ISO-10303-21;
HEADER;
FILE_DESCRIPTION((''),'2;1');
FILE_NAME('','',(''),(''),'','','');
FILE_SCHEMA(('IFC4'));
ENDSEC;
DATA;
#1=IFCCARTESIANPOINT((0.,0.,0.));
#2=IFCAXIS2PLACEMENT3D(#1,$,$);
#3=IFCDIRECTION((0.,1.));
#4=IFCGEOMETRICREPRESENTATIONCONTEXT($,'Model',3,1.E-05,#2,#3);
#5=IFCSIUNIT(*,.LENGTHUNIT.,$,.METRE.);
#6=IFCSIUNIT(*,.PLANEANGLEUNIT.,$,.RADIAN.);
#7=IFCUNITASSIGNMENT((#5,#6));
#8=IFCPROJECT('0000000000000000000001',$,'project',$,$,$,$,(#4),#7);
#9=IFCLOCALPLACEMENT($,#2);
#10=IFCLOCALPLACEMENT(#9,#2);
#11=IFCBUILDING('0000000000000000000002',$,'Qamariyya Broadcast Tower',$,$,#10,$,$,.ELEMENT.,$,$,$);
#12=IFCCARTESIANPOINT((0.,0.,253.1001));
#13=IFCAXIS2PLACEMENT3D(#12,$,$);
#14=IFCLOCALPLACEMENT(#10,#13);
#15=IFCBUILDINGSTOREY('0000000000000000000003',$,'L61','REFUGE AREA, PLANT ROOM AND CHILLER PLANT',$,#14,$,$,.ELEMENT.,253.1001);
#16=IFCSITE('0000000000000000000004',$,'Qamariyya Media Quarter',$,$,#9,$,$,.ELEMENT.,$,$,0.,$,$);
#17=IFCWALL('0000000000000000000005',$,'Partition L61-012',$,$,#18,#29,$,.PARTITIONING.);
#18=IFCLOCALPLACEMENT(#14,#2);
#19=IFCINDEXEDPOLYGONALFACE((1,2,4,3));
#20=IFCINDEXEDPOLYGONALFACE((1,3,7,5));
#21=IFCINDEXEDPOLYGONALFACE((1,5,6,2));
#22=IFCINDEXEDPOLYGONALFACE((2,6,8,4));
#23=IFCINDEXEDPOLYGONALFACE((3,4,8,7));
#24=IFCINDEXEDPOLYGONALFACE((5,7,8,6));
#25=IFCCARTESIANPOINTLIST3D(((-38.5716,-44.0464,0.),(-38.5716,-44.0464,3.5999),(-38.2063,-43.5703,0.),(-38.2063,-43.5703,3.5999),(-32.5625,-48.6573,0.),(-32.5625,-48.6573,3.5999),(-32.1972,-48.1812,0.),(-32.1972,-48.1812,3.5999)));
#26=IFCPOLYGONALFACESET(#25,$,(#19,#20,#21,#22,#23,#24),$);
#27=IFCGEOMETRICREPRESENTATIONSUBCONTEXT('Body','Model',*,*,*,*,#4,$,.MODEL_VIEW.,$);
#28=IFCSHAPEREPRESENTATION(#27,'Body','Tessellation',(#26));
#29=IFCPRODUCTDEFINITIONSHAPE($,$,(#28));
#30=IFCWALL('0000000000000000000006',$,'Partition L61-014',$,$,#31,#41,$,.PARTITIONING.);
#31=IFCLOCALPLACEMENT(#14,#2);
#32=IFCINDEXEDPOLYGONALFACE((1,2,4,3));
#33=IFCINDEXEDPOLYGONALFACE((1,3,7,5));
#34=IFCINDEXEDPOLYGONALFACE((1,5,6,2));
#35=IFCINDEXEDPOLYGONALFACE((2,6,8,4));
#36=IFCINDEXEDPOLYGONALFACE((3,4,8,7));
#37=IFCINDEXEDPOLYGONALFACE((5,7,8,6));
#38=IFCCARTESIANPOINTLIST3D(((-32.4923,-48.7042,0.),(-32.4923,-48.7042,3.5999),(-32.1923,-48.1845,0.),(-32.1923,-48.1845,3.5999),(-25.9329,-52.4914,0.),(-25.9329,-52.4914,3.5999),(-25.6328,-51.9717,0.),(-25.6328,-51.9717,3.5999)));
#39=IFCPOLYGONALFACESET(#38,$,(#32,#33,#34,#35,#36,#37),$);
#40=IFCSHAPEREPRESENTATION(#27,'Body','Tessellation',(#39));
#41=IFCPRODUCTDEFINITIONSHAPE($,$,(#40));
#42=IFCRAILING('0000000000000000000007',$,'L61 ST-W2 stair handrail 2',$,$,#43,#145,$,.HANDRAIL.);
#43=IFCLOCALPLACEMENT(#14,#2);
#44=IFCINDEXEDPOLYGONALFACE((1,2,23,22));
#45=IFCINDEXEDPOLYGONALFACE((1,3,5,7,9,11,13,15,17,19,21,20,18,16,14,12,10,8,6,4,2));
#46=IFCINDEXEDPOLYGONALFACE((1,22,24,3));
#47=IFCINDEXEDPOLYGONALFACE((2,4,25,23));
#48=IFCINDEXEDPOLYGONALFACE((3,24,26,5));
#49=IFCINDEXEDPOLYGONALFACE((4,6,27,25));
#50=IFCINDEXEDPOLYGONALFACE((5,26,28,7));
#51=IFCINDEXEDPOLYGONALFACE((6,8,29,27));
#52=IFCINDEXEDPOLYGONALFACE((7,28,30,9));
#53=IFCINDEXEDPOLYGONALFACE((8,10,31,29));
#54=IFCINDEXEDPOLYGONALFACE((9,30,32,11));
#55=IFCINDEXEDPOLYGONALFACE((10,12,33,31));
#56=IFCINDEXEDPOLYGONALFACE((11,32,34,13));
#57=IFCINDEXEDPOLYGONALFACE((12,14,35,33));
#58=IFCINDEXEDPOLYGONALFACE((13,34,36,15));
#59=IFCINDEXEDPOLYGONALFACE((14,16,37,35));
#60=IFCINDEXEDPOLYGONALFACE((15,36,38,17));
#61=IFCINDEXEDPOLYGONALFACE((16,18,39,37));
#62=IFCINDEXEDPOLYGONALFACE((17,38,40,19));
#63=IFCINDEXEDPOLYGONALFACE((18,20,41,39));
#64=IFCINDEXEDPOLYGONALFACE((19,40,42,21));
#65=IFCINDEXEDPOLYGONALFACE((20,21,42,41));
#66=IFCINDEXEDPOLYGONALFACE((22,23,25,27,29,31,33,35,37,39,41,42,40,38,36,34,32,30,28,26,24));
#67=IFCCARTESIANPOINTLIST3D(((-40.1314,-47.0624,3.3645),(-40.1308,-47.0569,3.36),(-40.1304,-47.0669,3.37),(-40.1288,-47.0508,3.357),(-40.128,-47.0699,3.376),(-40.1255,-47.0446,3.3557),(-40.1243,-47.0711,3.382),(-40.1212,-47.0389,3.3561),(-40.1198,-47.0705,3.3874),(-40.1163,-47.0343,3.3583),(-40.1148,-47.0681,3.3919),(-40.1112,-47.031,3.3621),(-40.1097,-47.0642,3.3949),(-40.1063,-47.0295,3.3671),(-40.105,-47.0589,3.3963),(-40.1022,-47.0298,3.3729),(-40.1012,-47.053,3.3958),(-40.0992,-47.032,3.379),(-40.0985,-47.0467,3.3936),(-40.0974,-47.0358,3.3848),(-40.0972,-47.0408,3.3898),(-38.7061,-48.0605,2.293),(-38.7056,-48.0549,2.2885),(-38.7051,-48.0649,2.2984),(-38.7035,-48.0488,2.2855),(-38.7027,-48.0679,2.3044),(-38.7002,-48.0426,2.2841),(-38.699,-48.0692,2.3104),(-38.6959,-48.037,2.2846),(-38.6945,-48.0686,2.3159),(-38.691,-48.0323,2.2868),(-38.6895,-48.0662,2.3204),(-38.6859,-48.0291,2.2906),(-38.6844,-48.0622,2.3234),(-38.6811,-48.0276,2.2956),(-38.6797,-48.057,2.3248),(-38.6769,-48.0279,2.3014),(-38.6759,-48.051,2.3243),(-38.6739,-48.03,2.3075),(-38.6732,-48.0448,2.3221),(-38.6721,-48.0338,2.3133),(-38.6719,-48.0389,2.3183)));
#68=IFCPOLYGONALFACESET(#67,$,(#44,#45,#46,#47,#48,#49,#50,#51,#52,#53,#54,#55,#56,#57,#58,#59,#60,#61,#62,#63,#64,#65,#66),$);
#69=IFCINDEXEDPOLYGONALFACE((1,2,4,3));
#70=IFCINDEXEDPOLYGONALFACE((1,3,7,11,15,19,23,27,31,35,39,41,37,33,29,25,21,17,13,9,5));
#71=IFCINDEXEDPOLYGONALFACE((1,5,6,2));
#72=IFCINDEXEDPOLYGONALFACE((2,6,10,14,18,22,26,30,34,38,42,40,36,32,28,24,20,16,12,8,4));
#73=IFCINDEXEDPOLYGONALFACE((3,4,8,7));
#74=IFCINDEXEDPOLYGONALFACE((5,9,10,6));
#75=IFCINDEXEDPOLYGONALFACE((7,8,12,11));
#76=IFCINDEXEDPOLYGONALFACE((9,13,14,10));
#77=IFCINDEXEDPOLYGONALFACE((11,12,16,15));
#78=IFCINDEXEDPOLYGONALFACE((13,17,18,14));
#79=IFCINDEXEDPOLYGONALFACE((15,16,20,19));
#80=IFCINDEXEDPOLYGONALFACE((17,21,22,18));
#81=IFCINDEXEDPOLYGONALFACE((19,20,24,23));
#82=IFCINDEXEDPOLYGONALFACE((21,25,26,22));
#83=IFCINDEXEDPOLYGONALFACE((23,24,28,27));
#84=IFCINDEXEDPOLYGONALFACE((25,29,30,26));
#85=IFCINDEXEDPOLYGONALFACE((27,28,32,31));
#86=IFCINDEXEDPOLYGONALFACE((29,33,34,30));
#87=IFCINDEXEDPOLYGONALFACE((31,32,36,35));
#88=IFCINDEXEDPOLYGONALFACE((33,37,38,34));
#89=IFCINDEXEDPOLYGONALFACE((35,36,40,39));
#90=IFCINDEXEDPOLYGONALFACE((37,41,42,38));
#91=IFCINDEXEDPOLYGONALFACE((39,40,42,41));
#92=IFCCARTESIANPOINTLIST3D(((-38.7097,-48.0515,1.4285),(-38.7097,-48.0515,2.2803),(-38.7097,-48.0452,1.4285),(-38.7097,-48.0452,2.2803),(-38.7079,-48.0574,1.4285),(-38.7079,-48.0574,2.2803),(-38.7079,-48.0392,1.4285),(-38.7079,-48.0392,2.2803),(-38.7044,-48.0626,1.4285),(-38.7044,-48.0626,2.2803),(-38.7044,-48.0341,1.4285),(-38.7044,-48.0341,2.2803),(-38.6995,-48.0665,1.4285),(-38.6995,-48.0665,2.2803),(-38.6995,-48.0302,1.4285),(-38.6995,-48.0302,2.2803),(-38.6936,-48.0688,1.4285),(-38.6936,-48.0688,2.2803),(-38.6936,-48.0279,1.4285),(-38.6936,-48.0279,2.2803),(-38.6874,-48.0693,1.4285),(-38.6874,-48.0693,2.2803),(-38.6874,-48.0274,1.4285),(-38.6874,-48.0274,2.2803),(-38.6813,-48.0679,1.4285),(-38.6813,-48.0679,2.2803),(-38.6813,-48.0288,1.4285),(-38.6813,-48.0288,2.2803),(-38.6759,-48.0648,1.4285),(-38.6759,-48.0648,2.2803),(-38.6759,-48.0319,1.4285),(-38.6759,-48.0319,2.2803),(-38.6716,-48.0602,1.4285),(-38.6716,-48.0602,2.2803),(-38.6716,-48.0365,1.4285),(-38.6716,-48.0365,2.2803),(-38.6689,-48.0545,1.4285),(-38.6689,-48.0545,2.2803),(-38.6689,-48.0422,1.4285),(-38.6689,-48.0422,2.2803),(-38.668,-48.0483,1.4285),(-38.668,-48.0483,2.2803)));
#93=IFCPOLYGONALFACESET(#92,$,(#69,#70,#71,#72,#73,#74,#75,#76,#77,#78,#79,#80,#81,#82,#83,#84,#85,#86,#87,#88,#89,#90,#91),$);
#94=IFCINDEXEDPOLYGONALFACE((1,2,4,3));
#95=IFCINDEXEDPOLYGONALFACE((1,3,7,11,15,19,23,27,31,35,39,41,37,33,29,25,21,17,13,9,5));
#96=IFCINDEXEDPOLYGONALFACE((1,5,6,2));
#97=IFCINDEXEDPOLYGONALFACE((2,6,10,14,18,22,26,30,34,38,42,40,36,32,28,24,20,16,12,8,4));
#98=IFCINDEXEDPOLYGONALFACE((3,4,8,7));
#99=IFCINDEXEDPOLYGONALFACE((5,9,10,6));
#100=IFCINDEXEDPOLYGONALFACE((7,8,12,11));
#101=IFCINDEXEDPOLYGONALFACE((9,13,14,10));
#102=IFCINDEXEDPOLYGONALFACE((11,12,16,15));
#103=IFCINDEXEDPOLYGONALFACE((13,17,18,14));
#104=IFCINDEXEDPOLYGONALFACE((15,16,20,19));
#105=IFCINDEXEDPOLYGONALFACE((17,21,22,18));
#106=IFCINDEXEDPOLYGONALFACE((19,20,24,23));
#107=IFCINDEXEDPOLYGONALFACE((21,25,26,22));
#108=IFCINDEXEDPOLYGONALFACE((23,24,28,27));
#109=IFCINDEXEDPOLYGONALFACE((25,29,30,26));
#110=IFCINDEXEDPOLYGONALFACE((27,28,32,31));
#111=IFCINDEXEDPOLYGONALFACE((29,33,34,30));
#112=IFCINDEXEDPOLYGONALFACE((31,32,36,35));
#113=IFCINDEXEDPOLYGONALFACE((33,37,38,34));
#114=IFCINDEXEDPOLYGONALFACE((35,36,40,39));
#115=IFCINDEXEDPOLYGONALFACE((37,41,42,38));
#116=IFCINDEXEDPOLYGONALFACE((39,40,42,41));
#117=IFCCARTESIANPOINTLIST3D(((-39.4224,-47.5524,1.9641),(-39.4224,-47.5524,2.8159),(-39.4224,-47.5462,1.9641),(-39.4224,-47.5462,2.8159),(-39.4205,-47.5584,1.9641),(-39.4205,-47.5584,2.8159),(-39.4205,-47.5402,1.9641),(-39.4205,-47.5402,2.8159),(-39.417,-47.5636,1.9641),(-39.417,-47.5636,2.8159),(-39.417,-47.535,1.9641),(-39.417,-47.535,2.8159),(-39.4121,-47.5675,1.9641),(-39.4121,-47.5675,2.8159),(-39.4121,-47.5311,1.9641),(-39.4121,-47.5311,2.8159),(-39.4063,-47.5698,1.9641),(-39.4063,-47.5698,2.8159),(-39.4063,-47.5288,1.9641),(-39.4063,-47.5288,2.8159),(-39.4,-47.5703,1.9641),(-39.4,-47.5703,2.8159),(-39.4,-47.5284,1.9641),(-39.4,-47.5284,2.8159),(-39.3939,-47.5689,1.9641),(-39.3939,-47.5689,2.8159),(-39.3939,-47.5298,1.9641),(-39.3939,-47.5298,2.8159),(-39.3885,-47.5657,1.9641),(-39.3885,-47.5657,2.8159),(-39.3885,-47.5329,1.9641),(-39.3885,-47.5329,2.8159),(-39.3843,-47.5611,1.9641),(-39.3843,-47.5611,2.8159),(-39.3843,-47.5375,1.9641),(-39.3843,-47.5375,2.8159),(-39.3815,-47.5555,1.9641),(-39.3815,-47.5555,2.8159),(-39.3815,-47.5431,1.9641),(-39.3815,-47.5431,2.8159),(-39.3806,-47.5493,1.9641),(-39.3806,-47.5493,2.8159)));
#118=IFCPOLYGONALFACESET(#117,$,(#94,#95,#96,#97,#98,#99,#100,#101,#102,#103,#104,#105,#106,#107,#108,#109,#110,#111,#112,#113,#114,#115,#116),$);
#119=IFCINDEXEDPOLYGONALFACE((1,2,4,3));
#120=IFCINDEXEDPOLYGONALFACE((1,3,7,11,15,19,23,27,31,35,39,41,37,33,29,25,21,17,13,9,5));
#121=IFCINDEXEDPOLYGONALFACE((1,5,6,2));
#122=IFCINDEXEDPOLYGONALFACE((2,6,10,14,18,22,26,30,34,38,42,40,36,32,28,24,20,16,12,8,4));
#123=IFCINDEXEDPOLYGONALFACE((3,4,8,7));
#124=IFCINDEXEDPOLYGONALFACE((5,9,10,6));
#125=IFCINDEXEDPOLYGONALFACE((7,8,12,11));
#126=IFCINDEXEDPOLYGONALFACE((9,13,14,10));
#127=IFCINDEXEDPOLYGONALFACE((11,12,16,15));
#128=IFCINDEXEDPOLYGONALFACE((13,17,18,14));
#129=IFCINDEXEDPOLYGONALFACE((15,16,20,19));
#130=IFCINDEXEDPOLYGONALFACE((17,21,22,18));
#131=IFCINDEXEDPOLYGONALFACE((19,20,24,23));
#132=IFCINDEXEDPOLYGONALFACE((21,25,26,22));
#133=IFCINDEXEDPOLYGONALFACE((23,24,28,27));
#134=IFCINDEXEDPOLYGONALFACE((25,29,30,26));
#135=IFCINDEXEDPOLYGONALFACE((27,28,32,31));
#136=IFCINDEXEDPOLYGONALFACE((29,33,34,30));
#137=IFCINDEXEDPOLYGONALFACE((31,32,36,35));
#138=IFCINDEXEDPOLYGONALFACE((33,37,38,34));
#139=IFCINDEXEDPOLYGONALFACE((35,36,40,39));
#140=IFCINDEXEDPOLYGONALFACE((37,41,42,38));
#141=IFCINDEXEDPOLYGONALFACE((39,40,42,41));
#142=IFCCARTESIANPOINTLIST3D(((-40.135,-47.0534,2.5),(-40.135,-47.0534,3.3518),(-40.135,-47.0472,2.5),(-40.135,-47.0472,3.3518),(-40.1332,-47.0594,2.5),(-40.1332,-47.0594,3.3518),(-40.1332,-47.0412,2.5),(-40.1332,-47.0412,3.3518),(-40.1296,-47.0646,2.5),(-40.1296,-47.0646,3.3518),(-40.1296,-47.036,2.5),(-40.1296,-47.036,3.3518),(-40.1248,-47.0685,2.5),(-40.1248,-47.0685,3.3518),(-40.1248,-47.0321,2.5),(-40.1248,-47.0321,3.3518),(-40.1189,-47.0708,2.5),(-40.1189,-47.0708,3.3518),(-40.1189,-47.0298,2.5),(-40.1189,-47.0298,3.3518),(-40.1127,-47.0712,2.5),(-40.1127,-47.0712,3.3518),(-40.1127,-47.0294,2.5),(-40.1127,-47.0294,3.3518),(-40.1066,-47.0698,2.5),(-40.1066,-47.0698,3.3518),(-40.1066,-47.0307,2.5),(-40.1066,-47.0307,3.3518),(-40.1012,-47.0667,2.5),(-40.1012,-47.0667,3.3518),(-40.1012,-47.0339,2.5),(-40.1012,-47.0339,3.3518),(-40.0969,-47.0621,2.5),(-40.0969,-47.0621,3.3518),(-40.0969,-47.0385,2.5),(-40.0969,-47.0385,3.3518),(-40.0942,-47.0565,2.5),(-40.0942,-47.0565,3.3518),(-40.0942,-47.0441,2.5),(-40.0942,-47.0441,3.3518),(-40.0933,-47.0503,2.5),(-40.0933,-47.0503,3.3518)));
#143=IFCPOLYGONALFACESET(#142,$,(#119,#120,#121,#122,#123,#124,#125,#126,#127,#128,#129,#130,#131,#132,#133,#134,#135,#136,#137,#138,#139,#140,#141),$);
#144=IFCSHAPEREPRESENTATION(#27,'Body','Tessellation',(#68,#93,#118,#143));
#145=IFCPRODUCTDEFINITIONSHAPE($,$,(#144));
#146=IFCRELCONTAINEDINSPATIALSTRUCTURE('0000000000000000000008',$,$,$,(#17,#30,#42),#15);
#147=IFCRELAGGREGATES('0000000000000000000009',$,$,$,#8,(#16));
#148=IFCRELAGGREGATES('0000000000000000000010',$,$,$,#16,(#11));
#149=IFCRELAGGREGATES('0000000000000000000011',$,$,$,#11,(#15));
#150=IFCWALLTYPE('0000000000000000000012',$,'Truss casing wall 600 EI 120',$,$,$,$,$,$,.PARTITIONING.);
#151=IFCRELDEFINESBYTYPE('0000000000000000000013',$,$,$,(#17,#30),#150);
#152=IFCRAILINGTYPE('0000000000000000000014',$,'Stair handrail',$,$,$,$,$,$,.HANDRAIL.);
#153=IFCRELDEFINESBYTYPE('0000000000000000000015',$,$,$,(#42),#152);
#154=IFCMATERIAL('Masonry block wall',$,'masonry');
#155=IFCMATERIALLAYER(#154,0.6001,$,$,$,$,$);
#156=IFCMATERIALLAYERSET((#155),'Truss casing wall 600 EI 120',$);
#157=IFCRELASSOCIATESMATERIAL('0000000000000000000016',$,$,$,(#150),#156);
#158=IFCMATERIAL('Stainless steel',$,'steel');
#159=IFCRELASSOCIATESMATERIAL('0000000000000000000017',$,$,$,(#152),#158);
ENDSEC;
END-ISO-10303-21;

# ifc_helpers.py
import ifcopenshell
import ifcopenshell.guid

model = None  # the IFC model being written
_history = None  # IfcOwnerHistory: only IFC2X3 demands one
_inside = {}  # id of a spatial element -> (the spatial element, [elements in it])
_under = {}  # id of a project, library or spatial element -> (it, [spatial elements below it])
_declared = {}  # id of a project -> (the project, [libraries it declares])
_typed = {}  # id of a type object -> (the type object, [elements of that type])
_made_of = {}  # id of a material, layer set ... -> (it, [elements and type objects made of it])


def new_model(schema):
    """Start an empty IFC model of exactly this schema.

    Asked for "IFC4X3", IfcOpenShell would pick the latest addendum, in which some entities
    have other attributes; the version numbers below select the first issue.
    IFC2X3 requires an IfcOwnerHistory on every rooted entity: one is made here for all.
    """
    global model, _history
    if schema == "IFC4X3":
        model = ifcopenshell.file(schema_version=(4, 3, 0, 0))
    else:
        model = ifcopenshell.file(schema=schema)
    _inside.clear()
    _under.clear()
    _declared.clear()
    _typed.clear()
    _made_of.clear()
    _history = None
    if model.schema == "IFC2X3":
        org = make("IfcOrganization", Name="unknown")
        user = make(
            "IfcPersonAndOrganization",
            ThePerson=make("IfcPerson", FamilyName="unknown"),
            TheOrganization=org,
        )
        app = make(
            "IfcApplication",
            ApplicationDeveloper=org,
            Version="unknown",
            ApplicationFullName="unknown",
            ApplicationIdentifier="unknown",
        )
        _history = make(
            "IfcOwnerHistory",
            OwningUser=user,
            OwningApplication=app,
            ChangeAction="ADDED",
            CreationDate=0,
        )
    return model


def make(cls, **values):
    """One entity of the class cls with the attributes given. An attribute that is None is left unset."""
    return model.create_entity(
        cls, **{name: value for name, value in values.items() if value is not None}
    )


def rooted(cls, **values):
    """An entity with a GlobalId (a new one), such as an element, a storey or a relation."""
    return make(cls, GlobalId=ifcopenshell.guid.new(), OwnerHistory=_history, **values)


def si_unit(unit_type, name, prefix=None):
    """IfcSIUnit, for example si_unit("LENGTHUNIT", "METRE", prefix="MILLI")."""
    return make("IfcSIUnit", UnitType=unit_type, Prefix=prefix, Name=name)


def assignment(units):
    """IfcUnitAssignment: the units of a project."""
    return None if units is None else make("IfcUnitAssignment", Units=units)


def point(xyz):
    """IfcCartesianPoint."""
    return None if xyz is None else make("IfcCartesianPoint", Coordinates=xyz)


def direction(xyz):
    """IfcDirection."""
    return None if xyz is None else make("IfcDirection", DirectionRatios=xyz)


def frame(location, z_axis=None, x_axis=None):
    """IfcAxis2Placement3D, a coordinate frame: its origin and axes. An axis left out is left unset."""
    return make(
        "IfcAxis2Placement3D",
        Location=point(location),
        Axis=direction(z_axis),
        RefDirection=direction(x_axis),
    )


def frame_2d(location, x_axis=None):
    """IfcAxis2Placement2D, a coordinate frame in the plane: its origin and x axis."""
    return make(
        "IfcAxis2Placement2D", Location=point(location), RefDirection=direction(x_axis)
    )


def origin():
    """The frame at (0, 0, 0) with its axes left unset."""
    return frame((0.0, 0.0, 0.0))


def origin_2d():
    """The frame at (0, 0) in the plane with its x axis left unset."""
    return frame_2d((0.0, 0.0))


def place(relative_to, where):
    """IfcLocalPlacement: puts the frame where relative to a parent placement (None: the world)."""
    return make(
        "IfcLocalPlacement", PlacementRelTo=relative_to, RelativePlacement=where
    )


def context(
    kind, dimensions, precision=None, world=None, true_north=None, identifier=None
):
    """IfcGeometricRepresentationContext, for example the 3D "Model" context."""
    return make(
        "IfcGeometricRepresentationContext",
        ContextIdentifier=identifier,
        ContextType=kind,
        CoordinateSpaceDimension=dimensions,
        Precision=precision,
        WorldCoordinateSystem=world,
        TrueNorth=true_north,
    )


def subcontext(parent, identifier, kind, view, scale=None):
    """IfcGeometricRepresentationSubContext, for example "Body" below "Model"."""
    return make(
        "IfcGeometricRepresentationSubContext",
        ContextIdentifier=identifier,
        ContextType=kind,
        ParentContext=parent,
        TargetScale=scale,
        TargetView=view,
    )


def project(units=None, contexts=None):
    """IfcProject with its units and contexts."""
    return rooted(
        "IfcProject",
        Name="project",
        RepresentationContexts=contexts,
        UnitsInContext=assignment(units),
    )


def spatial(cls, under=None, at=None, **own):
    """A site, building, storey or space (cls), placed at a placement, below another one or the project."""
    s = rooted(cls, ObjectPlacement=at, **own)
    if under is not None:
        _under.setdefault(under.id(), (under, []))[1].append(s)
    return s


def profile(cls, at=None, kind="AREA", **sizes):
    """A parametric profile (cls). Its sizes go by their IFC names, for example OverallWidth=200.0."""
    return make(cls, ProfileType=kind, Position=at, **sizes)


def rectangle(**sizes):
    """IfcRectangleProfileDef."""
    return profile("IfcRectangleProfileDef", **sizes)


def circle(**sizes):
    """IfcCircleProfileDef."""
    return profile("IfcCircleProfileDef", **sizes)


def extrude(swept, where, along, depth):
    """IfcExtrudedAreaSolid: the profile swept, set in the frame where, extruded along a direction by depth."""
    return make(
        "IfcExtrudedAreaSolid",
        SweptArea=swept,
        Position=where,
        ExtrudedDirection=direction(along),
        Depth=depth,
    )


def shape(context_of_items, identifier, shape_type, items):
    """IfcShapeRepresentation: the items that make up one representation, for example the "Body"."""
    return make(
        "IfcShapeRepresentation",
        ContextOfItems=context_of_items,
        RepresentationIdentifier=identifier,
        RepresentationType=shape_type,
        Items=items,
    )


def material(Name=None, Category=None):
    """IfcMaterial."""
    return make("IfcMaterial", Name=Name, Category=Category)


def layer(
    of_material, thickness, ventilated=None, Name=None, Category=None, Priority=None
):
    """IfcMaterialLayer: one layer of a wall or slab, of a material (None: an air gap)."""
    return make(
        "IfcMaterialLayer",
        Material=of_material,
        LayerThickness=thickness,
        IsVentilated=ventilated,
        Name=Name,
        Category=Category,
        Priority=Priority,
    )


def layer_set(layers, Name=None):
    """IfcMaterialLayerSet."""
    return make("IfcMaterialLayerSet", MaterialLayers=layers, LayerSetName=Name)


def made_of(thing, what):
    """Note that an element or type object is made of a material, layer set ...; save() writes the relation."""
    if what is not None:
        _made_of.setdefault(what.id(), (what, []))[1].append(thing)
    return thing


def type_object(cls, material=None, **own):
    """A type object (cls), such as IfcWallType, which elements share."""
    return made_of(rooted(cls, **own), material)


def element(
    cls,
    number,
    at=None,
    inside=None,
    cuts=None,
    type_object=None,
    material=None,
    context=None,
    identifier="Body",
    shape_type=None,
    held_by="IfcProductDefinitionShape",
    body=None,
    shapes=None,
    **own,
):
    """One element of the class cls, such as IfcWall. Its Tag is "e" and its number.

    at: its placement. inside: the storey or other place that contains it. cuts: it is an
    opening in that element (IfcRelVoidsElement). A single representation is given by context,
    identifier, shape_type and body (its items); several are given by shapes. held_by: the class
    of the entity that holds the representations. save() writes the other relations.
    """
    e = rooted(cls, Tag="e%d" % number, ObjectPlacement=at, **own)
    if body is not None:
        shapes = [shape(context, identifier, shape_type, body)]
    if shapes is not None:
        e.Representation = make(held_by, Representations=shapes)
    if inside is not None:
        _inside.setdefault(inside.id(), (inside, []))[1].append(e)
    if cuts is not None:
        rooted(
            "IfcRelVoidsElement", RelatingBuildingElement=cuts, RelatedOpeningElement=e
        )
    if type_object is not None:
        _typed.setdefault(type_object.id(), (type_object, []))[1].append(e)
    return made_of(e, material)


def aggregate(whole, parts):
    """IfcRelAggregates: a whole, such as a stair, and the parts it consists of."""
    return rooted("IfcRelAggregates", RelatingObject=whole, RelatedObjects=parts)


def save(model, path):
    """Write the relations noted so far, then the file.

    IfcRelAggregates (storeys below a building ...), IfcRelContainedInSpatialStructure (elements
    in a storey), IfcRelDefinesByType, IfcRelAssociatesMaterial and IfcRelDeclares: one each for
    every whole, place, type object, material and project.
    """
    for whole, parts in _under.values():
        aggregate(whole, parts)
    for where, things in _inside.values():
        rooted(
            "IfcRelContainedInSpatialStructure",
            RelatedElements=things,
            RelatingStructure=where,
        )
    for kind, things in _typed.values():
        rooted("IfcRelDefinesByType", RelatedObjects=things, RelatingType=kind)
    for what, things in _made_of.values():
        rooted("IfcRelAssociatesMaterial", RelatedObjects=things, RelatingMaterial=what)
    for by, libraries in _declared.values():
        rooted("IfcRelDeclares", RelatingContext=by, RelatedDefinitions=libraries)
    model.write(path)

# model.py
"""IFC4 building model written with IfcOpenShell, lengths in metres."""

from ifc_helpers import new_model, si_unit, direction, frame, frame_2d, origin, origin_2d, place, context, subcontext, project, spatial, rectangle, circle, extrude, material, layer, layer_set, type_object, element, save


model = new_model("IFC4")

# Units and contexts
model_context = context("Model", 3, precision=1e-05, world=origin(), true_north=direction((0.0, 1.0)))
body_context = subcontext(model_context, "Body", "Model", "MODEL_VIEW")
ifc_project = project(units=[si_unit("LENGTHUNIT", "METRE"), si_unit("PLANEANGLEUNIT", "RADIAN")], contexts=[model_context])

# Site, building, storey
site_placement = place(None, origin())
site = spatial("IfcSite", under=ifc_project, at=site_placement, Name="Qamariyya Media Quarter", CompositionType="ELEMENT", RefElevation=0.0)
building_placement = place(site_placement, origin())
building = spatial("IfcBuilding", under=site, at=building_placement, Name="Qamariyya Broadcast Tower", CompositionType="ELEMENT")
storey_placement = place(building_placement, frame((0.0, 0.0, 253.1001)))
storey = spatial("IfcBuildingStorey", under=building, at=storey_placement, Name="L61", Description="REFUGE AREA, PLANT ROOM AND CHILLER PLANT", CompositionType="ELEMENT", Elevation=253.1001)

# Walls
ifc_material_1 = material(Name="Masonry block wall", Category="masonry")
ifc_layer_1 = layer(ifc_material_1, 0.6001)
ifc_layer_set_1 = layer_set([ifc_layer_1], Name="Truss casing wall 600 EI 120")
wall_type_1 = type_object("IfcWallType", Name="Truss casing wall 600 EI 120", PredefinedType="PARTITIONING", material=ifc_layer_set_1)
for number, where, z_axis, x_axis, name in (
    (1, (-38.3889, -43.8083, 0.0), (0.0, 0.0, 1.0), (0.793357, -0.608757, 0.0), "Partition L61-012"),
    (2, (-32.3423, -48.4443, 0.0), (0.0, 0.0, 1.0), (0.866021, -0.500008, 0.0), "Partition L61-014"),
):
    element("IfcWall", number, at=place(storey_placement, frame(where, z_axis=z_axis, x_axis=x_axis)), inside=storey, type_object=wall_type_1, Name=name, PredefinedType="PARTITIONING", context=body_context, shape_type="SweptSolid", body=[
        extrude(rectangle(XDim=7.5742, YDim=0.6001, at=frame_2d((3.7871, 0.0))), origin(), (0.0, 0.0, 1.0), 3.5999),
    ])

# Railing
ifc_material_2 = material(Name="Stainless steel", Category="steel")
railing_type = type_object("IfcRailingType", Name="Stair handrail", PredefinedType="HANDRAIL", material=ifc_material_2)
for number, where, name in (
    (3, (-38.689, -48.0483, 1.4285), "L61 ST-W2 stair handrail 2"),
):
    element("IfcRailing", number, at=place(storey_placement, frame(where)), inside=storey, type_object=railing_type, Name=name, PredefinedType="HANDRAIL", context=body_context, shape_type="SweptSolid", body=[
        extrude(circle(Radius=0.0239, at=origin_2d()), frame((0.0, 0.0, 0.876), z_axis=(-0.697489, 0.48841, 0.524371), x_axis=(-0.573594, -0.81914, 0.0)), (0.0, 0.0, 1.0), 2.0435),
        extrude(circle(Radius=0.021, at=origin_2d()), origin(), (0.0, 0.0, 1.0), 0.8518),
        extrude(circle(Radius=0.021, at=origin_2d()), frame((-0.7126, 0.499, 0.5356)), (0.0, 0.0, 1.0), 0.8518),
        extrude(circle(Radius=0.021, at=origin_2d()), frame((-1.4253, 0.998, 1.0715)), (0.0, 0.0, 1.0), 0.8518),
    ])

save(model, "model.ifc")
